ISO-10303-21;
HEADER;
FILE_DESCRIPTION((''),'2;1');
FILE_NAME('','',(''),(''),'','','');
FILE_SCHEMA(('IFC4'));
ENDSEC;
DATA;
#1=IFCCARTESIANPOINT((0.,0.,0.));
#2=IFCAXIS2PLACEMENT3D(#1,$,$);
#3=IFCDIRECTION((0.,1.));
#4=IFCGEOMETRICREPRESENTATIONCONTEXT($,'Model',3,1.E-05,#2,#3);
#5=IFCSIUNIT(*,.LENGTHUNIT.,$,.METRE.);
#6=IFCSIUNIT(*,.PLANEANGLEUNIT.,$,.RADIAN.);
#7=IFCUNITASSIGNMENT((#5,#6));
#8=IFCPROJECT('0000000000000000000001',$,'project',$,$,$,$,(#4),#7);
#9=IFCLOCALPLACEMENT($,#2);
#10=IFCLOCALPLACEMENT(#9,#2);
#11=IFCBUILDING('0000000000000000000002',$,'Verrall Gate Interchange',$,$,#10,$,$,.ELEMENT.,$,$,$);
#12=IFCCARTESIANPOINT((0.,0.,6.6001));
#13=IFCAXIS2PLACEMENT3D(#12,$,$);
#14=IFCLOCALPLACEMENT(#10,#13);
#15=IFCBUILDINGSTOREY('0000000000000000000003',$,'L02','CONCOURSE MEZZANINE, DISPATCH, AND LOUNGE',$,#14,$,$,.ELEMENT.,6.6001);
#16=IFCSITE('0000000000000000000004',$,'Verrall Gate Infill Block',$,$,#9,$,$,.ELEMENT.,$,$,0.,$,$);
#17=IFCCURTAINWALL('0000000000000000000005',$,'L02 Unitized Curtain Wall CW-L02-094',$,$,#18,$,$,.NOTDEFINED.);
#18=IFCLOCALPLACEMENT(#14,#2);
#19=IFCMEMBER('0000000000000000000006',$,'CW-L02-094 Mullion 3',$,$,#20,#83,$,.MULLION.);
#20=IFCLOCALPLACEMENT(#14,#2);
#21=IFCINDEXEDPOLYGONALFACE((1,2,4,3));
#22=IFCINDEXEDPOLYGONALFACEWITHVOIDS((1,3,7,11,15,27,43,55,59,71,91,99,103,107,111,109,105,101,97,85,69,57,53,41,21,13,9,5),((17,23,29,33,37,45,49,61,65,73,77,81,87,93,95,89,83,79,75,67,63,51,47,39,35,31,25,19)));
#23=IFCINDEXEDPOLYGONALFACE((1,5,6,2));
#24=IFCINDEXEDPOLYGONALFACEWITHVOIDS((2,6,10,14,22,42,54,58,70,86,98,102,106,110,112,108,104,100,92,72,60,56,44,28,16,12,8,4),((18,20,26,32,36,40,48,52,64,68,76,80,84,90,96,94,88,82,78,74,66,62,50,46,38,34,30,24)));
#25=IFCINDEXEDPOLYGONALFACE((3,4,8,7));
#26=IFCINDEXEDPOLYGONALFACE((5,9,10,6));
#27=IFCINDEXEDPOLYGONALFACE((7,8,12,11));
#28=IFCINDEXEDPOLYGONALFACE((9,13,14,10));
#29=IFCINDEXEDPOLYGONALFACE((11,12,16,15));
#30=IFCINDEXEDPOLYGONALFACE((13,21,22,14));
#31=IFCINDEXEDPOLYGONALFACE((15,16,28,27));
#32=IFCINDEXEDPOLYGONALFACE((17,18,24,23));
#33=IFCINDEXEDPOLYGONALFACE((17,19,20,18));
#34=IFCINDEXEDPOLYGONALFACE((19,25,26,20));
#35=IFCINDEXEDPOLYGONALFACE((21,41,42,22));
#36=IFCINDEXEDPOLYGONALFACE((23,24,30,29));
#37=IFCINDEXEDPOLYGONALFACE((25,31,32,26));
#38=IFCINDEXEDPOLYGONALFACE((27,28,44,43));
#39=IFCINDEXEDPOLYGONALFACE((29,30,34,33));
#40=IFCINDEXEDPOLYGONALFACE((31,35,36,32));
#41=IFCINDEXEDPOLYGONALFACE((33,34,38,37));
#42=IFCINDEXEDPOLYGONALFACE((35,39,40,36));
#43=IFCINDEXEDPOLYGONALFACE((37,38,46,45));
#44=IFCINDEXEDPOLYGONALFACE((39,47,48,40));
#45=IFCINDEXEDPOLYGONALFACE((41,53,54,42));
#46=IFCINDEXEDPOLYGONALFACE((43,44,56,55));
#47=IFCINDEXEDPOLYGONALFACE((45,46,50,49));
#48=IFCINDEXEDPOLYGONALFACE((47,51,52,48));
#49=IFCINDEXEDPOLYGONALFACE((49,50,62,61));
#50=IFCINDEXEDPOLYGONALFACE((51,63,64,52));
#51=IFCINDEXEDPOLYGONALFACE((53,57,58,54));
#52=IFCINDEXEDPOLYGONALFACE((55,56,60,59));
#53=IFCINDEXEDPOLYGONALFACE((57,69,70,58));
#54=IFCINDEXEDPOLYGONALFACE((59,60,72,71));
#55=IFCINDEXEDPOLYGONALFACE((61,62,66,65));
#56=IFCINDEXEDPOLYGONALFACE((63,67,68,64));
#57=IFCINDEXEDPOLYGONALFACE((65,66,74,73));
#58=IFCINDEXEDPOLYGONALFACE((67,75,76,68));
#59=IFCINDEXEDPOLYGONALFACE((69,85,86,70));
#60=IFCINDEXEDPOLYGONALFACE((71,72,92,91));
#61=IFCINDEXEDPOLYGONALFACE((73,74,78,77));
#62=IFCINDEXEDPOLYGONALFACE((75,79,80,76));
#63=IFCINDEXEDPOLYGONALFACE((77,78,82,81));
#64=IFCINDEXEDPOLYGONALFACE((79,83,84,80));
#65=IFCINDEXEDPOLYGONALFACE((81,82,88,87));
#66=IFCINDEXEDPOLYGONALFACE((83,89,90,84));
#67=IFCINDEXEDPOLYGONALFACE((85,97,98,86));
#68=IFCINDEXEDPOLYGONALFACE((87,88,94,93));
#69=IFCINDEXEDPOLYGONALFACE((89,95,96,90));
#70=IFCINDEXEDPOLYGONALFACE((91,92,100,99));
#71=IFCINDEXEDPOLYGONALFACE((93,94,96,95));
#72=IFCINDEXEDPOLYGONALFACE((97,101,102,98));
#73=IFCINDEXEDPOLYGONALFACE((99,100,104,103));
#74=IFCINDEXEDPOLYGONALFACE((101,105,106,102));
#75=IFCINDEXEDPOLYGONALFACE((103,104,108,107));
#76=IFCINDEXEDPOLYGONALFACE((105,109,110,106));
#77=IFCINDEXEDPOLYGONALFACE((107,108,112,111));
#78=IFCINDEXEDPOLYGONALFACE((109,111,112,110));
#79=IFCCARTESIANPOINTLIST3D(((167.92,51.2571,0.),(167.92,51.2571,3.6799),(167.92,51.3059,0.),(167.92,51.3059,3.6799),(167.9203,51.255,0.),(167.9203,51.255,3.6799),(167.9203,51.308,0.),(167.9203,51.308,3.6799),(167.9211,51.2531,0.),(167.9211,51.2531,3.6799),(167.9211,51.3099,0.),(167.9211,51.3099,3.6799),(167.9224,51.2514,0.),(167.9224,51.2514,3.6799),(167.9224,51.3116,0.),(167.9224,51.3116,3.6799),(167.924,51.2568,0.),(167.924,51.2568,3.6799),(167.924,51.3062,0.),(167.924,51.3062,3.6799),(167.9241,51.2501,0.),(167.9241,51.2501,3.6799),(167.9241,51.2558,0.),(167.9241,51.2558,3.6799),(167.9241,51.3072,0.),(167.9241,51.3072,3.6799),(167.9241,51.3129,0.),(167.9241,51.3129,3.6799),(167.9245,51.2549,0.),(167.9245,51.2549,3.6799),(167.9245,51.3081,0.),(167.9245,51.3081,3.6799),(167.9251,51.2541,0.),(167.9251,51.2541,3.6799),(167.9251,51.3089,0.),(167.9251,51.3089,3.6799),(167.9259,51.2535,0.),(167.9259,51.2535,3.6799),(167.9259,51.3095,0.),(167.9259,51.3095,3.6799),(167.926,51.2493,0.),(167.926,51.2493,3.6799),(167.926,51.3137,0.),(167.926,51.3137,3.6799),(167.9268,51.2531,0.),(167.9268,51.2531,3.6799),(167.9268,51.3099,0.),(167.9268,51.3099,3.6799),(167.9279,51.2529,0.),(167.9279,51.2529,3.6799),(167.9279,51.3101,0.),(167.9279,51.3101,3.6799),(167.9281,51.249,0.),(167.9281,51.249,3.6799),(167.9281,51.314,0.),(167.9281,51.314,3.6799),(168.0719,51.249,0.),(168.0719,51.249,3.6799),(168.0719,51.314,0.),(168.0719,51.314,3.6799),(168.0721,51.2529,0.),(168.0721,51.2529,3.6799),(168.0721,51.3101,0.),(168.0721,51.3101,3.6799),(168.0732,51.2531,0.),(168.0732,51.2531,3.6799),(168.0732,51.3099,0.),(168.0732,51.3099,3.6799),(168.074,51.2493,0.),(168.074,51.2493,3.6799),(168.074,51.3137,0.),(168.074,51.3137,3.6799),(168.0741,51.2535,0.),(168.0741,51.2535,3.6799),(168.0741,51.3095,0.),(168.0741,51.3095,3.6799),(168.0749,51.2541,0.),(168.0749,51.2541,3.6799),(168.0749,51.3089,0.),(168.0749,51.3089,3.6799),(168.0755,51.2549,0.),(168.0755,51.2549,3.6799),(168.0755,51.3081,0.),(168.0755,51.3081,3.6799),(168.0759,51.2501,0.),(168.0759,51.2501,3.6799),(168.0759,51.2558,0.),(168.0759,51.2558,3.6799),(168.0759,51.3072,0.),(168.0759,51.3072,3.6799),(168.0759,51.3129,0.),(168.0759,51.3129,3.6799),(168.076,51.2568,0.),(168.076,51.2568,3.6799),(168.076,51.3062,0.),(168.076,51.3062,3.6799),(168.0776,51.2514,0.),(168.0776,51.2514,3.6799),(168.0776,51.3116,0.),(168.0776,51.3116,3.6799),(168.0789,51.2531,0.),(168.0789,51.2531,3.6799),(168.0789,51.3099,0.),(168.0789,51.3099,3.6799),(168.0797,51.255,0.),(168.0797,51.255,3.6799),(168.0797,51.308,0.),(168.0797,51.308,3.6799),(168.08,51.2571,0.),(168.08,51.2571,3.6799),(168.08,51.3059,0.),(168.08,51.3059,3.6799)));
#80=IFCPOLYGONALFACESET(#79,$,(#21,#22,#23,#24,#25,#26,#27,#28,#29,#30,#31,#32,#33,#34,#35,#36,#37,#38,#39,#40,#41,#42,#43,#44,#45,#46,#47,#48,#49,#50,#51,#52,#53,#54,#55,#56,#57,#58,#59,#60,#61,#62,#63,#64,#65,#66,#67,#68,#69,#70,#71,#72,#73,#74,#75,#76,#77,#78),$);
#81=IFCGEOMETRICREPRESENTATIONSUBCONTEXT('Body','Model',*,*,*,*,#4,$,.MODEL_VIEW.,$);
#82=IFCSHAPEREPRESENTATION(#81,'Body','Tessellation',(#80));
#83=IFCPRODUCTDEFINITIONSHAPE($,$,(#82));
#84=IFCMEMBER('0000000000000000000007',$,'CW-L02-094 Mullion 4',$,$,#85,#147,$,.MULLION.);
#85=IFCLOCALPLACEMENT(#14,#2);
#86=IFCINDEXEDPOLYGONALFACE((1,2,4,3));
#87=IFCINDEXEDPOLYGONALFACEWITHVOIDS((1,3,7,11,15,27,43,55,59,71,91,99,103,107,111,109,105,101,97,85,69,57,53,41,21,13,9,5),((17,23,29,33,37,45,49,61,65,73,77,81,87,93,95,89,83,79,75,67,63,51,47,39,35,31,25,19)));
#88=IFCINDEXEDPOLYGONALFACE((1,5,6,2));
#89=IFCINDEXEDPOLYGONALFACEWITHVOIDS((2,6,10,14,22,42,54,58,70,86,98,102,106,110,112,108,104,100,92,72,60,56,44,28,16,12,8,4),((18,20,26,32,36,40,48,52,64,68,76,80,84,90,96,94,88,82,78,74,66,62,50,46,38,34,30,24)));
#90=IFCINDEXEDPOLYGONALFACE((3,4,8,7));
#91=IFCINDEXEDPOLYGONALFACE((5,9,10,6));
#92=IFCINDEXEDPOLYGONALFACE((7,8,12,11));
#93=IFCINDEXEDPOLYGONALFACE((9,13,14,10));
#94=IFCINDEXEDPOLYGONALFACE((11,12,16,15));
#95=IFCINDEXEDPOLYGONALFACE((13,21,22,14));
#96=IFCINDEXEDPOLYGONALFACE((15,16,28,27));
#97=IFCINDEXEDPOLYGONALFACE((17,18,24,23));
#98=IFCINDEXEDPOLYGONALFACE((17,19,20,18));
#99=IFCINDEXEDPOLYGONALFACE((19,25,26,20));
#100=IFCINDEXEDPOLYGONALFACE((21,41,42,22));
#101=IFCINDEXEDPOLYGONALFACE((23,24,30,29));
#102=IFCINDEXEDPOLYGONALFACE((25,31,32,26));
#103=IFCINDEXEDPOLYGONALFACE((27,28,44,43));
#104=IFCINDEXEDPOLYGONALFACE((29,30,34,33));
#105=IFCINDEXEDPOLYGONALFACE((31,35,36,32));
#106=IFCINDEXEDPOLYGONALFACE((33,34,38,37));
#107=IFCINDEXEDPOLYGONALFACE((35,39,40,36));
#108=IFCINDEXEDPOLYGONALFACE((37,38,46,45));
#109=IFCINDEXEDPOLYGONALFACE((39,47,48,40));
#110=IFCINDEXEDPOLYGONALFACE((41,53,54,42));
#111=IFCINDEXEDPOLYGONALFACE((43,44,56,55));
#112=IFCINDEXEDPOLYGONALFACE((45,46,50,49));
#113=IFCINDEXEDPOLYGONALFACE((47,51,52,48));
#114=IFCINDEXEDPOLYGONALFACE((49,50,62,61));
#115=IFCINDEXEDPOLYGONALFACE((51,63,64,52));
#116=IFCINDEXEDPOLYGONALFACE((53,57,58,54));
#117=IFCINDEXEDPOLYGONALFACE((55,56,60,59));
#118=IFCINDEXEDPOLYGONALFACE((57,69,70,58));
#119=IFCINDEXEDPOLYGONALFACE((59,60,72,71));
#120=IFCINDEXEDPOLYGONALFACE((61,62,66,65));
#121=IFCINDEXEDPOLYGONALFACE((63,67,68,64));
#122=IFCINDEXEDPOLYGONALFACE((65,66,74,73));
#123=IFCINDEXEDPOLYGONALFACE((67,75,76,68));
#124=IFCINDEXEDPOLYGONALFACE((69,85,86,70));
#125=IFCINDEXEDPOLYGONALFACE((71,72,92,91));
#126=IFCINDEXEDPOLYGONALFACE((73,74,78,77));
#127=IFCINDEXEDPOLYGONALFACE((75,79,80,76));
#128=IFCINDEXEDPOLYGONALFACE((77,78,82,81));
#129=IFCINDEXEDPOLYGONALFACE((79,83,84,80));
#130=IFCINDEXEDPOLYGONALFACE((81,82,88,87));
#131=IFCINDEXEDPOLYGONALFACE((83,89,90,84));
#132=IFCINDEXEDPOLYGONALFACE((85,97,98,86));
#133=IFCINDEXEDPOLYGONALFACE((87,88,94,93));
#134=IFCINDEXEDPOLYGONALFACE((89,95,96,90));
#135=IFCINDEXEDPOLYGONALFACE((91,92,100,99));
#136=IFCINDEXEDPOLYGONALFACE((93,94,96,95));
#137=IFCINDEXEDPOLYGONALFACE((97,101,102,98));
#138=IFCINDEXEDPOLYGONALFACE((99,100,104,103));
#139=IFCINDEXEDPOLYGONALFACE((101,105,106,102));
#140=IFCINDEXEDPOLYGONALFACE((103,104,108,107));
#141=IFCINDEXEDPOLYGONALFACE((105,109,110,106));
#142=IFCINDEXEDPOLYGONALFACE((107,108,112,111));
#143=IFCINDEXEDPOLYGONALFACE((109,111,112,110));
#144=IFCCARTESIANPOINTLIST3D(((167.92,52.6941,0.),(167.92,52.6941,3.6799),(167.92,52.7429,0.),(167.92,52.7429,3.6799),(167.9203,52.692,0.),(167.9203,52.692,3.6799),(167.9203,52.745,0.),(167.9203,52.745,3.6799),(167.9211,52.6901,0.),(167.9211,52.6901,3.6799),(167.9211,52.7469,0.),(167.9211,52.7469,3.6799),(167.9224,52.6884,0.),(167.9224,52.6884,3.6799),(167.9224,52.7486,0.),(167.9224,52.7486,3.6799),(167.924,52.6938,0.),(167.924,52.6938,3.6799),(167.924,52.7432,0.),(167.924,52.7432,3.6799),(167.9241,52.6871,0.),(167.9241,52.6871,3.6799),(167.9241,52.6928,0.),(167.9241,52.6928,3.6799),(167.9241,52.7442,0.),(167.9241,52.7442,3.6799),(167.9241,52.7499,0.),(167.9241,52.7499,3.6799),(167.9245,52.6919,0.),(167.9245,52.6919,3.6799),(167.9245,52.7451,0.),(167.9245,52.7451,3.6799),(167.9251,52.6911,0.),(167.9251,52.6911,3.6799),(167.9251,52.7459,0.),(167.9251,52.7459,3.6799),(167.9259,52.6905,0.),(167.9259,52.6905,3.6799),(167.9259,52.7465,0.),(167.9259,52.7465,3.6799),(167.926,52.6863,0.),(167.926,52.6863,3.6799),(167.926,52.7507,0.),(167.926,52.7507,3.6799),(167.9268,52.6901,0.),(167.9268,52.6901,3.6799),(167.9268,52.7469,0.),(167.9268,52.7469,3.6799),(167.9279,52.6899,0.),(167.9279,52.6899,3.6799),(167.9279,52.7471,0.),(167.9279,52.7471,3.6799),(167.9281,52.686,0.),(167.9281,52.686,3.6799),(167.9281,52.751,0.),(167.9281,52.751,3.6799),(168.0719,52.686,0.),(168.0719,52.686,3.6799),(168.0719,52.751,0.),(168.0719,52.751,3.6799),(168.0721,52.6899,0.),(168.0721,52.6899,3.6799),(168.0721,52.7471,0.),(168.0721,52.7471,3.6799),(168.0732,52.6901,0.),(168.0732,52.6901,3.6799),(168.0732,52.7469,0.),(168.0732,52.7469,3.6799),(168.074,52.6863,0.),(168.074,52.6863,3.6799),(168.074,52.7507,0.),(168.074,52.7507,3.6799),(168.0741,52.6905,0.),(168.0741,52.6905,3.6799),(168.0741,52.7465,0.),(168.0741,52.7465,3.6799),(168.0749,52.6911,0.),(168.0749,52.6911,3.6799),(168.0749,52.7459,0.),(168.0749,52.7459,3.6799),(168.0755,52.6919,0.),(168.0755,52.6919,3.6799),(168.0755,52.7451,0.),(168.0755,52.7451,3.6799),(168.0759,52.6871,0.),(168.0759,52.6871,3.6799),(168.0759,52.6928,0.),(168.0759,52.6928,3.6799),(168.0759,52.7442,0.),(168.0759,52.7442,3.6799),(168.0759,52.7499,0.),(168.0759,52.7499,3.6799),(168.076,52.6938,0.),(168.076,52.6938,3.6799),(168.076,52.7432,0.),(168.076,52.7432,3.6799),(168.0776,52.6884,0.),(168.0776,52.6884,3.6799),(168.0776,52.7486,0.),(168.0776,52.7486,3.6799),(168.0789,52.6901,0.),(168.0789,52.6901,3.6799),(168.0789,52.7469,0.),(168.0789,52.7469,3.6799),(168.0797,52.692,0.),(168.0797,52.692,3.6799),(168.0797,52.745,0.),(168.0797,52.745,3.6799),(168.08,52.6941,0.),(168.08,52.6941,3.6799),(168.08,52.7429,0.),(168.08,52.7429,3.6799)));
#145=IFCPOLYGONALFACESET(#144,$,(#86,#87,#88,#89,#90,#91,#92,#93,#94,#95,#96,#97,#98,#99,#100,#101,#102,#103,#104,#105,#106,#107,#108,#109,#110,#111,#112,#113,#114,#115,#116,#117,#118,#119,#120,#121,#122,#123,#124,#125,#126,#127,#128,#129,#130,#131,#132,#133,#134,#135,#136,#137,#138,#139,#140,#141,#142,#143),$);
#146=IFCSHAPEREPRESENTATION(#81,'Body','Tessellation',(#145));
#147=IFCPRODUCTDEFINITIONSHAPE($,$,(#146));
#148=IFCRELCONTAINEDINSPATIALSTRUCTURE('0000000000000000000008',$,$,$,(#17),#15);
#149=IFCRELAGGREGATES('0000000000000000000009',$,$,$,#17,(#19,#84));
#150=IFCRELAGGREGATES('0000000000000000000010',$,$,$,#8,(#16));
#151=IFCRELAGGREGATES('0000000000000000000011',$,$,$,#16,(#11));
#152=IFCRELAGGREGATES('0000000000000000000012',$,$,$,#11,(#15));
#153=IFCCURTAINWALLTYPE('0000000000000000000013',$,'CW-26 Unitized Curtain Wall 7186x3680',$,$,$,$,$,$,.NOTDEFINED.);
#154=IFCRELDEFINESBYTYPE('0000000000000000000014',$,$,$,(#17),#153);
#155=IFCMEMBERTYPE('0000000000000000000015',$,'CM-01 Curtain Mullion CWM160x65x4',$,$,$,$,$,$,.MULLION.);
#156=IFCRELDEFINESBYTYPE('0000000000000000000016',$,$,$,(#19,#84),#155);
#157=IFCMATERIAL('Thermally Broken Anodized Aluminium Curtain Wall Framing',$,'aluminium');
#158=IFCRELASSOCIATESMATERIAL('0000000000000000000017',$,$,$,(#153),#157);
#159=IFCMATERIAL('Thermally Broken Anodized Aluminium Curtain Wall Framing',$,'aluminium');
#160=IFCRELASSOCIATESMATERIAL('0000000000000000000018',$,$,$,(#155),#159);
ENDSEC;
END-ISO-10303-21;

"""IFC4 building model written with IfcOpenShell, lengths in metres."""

from ifc_helpers import new_model, si_unit, direction, frame, origin, origin_2d, place, context, subcontext, project, spatial, hollow_rectangle, extrude, material, material_profile, profile_set, type_object, element, aggregate, save


model = new_model("IFC4")

# Units and contexts
model_context = context("Model", 3, precision=1e-05, world=origin(), true_north=direction((0.0, 1.0)))
body_context = subcontext(model_context, "Body", "Model", "MODEL_VIEW")
ifc_project = project(units=[si_unit("LENGTHUNIT", "METRE"), si_unit("PLANEANGLEUNIT", "RADIAN")], contexts=[model_context])

# Site, building, storey
site_placement = place(None, origin())
site = spatial("IfcSite", under=ifc_project, at=site_placement, Name="Verrall Gate Infill Block", CompositionType="ELEMENT", RefElevation=0.0)
building_placement = place(site_placement, origin())
building = spatial("IfcBuilding", under=site, at=building_placement, Name="Verrall Gate Interchange", CompositionType="ELEMENT")
storey_placement = place(building_placement, frame((0.0, 0.0, 6.6001)))
storey = spatial("IfcBuildingStorey", under=building, at=storey_placement, Name="L02", Description="CONCOURSE MEZZANINE, DISPATCH, AND LOUNGE", CompositionType="ELEMENT", Elevation=6.6001)

# Curtain wall, members
ifc_material_1 = material(Name="Thermally Broken Anodized Aluminium Curtain Wall Framing", Category="aluminium")
curtain_wall_type = type_object("IfcCurtainWallType", Name="CW-26 Unitized Curtain Wall 7186x3680", PredefinedType="NOTDEFINED", material=ifc_material_1)
curtain_wall_placement = place(storey_placement, origin())
curtain_wall = element("IfcCurtainWall", 1, at=curtain_wall_placement, inside=storey, type_object=curtain_wall_type, Name="L02 Unitized Curtain Wall CW-L02-094", PredefinedType="NOTDEFINED")
ifc_material_2 = material(Name="Thermally Broken Anodized Aluminium Curtain Wall Framing", Category="aluminium")
ifc_material_profile_1 = material_profile(ifc_material_2, hollow_rectangle(XDim=0.0649, YDim=0.1599, WallThickness=0.0039, InnerFilletRadius=0.0039, OuterFilletRadius=0.0081, at=origin_2d()), Name="CWM160x65x4")
ifc_profile_set_1 = profile_set([ifc_material_profile_1], Name="Thermally Broken Anodized Aluminium Curtain Wall Framing")
member_type_1 = type_object("IfcMemberType", Name="CM-01 Curtain Mullion CWM160x65x4", PredefinedType="MULLION", material=ifc_profile_set_1)
member_1_placement = place(storey_placement, frame((168.0, 51.2815, 0.0), z_axis=(0.0, 0.0, 1.0), x_axis=(0.0, 1.0, 0.0)))
member_1 = element("IfcMember", 2, at=member_1_placement, type_object=member_type_1, Name="CW-L02-094 Mullion 3", PredefinedType="MULLION", context=body_context, shape_type="SweptSolid", body=[
    extrude(hollow_rectangle(XDim=0.0649, YDim=0.1599, WallThickness=0.0039, InnerFilletRadius=0.0039, OuterFilletRadius=0.0081, at=origin_2d()), origin(), (0.0, 0.0, 1.0), 3.6799),
])
member_2_placement = place(storey_placement, frame((168.0, 52.7185, 0.0), z_axis=(0.0, 0.0, 1.0), x_axis=(0.0, 1.0, 0.0)))
member_2 = element("IfcMember", 3, at=member_2_placement, type_object=member_type_1, Name="CW-L02-094 Mullion 4", PredefinedType="MULLION", context=body_context, shape_type="SweptSolid", body=[
    extrude(hollow_rectangle(XDim=0.0649, YDim=0.1599, WallThickness=0.0039, InnerFilletRadius=0.0039, OuterFilletRadius=0.0081, at=origin_2d()), origin(), (0.0, 0.0, 1.0), 3.6799),
])

aggregate(curtain_wall, [member_1, member_2])

save(model, "model.ifc")
